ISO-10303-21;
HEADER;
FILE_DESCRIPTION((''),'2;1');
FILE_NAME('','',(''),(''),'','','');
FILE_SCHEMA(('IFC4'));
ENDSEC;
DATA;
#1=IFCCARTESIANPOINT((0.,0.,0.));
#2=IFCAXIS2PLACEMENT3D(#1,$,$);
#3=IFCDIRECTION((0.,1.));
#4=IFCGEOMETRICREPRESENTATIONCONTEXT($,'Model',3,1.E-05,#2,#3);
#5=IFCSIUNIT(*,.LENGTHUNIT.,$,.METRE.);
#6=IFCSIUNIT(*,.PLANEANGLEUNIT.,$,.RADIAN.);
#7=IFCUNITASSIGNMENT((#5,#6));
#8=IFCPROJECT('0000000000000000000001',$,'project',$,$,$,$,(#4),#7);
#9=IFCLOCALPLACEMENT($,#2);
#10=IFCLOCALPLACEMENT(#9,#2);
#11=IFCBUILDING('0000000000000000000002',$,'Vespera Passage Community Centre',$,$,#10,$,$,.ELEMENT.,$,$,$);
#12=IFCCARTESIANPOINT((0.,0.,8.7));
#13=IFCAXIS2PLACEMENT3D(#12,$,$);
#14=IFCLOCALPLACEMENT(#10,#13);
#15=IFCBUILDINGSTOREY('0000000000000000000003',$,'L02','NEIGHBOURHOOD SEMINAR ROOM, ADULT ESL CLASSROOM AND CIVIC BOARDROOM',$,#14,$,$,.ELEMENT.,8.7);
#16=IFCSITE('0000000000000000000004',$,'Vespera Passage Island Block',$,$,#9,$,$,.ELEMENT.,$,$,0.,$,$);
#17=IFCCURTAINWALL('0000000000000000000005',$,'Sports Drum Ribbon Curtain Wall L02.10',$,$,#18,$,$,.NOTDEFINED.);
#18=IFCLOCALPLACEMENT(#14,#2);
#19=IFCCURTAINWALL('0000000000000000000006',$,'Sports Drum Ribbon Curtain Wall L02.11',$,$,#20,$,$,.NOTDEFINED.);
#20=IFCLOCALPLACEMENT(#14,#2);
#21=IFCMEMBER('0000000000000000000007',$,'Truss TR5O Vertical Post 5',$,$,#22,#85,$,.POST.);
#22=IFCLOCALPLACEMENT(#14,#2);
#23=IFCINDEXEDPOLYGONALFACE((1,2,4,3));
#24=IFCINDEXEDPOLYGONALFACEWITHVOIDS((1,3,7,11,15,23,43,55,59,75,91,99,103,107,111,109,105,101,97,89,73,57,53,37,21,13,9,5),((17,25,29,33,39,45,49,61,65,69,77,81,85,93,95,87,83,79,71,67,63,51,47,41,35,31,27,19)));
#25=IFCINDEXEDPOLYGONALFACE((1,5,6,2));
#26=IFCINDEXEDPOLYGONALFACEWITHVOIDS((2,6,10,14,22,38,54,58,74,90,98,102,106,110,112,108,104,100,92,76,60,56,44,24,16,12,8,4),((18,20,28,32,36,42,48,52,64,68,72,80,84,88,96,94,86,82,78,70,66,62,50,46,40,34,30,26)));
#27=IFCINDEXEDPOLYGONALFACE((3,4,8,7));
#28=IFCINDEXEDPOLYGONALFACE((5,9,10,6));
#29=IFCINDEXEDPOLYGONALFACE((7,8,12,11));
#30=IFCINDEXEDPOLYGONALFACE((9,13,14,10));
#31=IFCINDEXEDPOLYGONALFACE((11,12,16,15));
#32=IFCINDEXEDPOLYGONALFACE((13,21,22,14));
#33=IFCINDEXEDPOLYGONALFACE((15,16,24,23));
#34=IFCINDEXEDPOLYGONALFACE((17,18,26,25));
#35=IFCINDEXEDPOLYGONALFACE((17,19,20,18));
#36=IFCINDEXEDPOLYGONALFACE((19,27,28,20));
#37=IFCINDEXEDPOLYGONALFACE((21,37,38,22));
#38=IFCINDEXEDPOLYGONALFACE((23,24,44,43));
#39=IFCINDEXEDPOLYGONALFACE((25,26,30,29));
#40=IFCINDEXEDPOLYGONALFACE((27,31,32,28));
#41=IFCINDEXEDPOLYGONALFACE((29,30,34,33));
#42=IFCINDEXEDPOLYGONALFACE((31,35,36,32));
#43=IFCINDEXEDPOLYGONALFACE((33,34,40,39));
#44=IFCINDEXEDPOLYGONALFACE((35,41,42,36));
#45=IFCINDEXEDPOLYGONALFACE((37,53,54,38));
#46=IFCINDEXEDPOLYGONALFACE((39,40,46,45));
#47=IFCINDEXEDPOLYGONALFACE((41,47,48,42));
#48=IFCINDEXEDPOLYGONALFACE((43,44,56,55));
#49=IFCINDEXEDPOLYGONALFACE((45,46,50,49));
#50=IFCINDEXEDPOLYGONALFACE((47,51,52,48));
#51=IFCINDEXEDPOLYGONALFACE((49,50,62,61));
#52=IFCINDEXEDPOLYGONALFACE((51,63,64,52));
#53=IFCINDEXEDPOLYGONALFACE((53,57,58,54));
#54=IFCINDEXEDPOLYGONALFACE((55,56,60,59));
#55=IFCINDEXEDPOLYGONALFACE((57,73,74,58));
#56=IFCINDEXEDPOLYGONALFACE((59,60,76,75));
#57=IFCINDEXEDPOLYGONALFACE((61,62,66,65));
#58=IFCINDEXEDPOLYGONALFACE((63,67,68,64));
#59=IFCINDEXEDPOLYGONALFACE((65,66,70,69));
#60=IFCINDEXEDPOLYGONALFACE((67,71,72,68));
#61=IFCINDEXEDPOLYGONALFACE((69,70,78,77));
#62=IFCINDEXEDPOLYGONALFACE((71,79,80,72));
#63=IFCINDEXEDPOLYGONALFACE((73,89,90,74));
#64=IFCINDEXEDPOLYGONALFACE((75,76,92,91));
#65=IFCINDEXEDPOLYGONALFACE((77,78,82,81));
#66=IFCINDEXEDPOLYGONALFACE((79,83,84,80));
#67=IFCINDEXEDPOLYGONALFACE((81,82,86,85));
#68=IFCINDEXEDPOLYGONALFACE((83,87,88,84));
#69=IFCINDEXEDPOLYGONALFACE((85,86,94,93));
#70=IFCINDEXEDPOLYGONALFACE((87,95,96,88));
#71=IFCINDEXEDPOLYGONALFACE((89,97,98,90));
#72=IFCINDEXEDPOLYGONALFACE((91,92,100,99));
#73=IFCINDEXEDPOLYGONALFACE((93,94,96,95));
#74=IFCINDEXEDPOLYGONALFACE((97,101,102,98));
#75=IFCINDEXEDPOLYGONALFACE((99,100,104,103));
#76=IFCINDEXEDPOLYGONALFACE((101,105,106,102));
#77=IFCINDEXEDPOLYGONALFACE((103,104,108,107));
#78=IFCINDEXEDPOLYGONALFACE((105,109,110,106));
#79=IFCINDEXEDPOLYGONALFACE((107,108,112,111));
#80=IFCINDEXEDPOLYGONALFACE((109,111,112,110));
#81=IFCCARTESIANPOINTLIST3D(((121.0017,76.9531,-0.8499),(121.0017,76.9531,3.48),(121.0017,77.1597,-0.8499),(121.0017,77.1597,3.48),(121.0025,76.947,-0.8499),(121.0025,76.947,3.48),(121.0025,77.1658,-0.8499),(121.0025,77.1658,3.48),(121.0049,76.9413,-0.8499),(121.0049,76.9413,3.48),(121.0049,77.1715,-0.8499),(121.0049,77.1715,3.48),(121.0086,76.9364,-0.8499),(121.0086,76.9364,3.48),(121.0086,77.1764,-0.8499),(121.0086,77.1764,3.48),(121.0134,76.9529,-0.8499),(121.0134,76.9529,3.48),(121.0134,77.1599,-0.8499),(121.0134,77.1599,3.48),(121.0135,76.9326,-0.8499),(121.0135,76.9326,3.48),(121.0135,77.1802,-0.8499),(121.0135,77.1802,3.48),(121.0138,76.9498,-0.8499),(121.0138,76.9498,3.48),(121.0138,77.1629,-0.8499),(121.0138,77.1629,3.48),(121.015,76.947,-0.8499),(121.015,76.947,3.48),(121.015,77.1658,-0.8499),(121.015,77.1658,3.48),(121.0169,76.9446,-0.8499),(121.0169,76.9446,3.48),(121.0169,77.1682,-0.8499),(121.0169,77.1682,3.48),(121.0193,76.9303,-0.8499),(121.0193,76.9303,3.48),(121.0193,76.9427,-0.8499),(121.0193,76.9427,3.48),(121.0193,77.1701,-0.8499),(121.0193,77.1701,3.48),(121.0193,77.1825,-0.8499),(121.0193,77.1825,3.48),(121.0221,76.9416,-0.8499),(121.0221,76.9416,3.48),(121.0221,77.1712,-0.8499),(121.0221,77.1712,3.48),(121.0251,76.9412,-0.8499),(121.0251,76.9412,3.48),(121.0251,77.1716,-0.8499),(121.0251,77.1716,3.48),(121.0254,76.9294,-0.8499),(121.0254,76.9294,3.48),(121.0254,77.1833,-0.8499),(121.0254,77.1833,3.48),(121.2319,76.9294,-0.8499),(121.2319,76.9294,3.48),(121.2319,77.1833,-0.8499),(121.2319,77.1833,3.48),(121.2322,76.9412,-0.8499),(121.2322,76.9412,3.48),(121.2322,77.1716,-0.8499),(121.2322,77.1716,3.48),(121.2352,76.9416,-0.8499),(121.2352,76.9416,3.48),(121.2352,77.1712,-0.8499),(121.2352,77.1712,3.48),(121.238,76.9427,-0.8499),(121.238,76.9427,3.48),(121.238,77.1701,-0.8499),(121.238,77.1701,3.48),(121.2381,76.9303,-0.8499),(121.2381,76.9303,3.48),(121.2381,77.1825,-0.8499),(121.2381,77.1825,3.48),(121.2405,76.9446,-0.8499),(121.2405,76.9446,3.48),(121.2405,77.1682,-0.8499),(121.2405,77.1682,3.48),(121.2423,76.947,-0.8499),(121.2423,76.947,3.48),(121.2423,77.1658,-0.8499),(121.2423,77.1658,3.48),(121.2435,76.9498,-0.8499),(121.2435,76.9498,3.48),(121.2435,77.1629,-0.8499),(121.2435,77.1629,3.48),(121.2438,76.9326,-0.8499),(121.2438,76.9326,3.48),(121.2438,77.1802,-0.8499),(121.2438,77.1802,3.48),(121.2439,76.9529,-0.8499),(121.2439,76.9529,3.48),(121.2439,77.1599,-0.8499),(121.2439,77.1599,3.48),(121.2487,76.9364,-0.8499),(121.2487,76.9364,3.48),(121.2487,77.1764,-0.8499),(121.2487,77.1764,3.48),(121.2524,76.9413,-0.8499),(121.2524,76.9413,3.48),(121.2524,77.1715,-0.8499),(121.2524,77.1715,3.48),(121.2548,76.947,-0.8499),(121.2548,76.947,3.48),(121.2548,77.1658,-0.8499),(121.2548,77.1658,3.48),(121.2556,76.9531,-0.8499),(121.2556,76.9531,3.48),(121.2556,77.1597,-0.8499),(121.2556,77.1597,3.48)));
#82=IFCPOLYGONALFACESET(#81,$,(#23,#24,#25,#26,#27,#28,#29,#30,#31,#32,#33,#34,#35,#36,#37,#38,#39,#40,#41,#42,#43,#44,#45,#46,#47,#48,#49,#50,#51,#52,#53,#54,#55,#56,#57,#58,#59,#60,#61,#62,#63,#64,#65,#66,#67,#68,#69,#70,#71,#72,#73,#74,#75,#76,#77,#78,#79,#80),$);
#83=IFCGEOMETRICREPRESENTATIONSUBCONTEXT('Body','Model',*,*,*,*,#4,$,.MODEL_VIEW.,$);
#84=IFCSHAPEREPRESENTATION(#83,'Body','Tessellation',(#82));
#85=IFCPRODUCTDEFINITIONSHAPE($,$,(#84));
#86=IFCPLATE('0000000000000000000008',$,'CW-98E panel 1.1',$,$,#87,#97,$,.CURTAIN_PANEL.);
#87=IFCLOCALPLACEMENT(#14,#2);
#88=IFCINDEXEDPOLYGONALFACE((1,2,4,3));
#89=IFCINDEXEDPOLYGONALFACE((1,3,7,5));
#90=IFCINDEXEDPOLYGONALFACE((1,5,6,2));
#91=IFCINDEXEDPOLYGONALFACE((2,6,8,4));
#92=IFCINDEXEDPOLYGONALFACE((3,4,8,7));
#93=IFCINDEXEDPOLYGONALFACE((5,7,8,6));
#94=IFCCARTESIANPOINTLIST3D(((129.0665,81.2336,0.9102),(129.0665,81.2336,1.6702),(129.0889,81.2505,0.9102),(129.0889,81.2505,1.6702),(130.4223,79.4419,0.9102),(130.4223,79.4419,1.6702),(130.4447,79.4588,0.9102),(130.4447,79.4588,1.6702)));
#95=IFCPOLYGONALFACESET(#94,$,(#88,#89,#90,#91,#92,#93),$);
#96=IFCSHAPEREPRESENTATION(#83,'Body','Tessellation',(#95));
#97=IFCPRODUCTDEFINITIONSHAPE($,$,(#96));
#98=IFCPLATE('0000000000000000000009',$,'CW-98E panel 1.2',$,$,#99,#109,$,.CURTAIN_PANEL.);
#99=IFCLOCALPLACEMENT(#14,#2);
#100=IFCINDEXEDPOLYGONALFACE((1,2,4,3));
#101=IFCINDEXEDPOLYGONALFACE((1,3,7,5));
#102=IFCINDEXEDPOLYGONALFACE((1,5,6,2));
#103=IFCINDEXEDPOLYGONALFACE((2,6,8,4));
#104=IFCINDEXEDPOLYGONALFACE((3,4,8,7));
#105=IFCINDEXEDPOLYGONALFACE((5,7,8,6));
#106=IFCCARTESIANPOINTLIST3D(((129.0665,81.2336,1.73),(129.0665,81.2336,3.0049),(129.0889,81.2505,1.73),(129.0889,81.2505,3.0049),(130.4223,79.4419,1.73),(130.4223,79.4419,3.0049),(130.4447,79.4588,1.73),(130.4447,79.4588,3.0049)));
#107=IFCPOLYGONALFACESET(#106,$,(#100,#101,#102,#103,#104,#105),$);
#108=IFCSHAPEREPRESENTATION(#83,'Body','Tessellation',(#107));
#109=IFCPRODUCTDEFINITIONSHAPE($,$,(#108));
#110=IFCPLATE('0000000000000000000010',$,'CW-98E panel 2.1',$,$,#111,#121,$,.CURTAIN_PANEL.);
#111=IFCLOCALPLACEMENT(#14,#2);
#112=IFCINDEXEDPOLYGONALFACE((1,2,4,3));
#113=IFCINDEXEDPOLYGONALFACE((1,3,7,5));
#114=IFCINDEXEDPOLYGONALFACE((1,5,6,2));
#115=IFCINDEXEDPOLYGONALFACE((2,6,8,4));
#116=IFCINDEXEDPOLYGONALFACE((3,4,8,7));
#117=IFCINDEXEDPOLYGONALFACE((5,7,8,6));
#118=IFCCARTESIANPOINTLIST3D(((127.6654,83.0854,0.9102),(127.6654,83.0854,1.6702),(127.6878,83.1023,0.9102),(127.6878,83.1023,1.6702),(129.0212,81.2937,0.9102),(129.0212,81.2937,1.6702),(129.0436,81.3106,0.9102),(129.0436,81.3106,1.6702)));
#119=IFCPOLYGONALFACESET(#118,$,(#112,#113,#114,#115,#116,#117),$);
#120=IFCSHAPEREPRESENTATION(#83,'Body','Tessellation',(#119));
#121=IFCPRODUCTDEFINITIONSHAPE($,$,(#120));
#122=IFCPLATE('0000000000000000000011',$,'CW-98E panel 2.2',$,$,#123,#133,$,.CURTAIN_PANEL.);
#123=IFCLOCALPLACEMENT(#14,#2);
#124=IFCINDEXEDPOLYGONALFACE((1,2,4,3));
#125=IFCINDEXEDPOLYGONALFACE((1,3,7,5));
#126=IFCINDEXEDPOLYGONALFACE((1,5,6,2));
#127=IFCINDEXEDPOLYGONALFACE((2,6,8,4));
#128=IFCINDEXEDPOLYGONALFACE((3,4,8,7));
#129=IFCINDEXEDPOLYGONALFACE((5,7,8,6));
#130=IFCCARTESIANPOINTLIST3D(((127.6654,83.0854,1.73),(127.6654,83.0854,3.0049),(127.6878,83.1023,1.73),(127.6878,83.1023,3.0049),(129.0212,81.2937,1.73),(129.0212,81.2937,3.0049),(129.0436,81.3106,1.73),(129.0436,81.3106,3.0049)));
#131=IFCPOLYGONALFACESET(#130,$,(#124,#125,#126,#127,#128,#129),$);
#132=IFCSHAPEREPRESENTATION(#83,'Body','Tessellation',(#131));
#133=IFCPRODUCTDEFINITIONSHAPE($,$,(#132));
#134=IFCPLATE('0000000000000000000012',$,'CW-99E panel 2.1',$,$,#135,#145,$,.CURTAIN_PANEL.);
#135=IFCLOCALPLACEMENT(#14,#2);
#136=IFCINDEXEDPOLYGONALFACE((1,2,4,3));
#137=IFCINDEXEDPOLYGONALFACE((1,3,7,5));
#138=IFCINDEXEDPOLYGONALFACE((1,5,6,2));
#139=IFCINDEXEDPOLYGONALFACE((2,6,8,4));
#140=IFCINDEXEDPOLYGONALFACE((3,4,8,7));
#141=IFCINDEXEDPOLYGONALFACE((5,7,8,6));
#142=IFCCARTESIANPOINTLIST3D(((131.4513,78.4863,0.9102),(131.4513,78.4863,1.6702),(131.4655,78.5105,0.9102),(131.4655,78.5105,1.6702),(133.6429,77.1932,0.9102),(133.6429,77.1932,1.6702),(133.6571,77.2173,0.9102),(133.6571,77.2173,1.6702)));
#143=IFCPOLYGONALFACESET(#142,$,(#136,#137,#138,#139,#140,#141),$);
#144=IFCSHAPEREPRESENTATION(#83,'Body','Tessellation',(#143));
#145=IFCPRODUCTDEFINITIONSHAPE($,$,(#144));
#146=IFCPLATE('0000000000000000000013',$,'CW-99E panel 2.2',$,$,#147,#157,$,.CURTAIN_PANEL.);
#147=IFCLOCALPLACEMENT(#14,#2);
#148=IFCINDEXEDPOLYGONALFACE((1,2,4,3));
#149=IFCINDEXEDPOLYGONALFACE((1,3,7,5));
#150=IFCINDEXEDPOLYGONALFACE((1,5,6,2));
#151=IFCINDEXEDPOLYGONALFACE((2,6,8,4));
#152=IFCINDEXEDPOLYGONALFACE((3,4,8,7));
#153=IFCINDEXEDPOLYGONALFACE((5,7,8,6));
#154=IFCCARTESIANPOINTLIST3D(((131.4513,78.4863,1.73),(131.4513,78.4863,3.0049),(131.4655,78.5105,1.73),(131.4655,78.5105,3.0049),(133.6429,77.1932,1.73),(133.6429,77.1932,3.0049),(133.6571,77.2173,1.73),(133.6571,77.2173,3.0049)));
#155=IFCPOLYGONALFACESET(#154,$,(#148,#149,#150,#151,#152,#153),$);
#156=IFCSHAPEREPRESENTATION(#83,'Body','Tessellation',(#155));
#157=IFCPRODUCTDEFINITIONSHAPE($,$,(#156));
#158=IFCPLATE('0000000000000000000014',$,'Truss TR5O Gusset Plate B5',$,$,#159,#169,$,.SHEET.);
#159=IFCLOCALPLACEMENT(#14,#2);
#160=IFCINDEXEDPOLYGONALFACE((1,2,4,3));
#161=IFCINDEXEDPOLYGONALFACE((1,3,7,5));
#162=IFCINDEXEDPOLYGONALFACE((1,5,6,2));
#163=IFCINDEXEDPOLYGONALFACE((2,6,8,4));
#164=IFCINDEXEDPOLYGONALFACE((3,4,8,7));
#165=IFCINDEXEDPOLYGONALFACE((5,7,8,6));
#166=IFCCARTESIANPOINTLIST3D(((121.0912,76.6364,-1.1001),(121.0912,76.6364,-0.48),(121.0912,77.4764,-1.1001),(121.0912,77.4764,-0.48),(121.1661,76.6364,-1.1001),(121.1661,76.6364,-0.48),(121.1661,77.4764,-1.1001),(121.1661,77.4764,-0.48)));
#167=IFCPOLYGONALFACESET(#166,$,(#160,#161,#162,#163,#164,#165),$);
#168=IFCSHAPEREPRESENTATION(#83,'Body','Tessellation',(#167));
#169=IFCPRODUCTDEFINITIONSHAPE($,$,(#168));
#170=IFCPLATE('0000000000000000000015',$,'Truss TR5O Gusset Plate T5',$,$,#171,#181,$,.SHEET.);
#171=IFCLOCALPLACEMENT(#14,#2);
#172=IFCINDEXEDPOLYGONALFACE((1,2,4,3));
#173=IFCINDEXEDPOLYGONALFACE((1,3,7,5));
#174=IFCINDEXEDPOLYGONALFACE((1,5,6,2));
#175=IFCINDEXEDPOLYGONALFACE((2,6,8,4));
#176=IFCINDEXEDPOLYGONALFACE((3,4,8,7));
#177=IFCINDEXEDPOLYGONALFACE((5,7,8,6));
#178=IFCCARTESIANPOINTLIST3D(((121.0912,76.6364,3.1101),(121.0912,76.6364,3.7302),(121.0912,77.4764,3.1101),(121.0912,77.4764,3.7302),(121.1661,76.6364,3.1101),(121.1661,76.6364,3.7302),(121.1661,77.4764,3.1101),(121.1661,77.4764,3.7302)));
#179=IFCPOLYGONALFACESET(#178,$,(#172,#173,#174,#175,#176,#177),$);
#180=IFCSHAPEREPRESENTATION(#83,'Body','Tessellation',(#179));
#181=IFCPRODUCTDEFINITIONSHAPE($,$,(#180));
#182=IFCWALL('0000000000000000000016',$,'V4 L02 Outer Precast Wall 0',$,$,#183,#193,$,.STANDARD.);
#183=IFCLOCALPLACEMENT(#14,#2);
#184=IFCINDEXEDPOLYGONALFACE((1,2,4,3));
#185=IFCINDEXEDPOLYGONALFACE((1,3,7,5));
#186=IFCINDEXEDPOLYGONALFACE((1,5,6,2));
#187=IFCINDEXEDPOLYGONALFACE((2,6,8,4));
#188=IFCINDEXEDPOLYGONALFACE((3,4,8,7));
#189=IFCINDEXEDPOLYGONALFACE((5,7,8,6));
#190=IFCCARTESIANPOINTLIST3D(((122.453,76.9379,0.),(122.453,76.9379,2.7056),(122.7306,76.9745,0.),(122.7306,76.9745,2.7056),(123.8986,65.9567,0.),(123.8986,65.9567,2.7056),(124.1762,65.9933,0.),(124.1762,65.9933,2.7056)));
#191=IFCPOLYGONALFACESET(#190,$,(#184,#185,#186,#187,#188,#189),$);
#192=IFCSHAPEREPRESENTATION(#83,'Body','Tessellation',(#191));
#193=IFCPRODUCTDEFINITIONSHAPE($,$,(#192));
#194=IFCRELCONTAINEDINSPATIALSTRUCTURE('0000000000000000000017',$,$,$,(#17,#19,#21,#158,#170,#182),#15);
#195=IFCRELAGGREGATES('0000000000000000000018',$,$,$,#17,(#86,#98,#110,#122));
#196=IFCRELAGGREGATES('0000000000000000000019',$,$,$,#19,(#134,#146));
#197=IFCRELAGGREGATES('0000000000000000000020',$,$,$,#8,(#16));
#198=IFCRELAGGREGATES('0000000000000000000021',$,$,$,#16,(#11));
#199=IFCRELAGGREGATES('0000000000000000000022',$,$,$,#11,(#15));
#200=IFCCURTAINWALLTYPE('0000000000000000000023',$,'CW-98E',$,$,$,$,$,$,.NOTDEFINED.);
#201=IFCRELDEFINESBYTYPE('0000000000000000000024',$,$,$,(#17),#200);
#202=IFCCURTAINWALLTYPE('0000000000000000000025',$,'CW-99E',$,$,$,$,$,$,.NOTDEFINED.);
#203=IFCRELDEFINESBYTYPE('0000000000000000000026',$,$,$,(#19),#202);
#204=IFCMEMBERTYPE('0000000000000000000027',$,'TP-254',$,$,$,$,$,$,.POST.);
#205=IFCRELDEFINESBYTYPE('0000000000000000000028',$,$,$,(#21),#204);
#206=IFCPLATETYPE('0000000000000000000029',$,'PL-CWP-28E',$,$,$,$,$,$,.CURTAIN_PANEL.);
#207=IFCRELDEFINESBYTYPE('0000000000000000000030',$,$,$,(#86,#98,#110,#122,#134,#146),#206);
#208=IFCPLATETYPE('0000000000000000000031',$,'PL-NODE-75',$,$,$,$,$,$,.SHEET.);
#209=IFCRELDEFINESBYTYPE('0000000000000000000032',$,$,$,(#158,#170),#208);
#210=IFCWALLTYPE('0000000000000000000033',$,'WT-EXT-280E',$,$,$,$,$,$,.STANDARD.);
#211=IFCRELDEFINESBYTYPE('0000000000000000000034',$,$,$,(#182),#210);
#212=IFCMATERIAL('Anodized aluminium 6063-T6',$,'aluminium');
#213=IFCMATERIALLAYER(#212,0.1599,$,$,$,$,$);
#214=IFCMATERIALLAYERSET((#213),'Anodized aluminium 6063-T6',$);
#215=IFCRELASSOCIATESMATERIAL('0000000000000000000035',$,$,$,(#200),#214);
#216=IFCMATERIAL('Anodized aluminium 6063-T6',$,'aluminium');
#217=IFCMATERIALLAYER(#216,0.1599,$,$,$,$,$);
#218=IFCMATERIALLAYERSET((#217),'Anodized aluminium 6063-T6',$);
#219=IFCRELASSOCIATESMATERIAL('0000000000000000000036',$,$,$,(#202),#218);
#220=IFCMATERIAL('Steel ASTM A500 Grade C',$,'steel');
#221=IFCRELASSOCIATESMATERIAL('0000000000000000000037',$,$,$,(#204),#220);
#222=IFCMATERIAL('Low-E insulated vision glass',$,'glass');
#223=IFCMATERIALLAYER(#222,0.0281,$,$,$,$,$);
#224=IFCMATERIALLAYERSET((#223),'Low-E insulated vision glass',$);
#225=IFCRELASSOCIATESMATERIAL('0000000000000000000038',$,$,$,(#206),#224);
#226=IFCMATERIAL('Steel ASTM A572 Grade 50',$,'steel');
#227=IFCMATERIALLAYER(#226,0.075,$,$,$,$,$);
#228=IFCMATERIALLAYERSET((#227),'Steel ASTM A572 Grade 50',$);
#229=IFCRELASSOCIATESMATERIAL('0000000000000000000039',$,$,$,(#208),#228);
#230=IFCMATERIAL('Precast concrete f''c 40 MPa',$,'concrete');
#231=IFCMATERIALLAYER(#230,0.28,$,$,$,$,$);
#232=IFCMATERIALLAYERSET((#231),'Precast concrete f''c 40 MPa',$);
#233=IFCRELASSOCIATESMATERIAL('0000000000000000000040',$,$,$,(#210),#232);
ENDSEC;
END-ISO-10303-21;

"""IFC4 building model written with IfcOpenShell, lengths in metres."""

from ifc_helpers import new_model, si_unit, direction, frame, frame_2d, origin, origin_2d, place, context, subcontext, project, spatial, rectangle, hollow_rectangle, extrude, material, layer, layer_set, material_profile, profile_set, type_object, element, aggregate, save


model = new_model("IFC4")

# Units and contexts
model_context = context("Model", 3, precision=1e-05, world=origin(), true_north=direction((0.0, 1.0)))
body_context = subcontext(model_context, "Body", "Model", "MODEL_VIEW")
ifc_project = project(units=[si_unit("LENGTHUNIT", "METRE"), si_unit("PLANEANGLEUNIT", "RADIAN")], contexts=[model_context])

# Site, building, storey
site_placement = place(None, origin())
site = spatial("IfcSite", under=ifc_project, at=site_placement, Name="Vespera Passage Island Block", CompositionType="ELEMENT", RefElevation=0.0)
building_placement = place(site_placement, origin())
building = spatial("IfcBuilding", under=site, at=building_placement, Name="Vespera Passage Community Centre", CompositionType="ELEMENT")
storey_placement = place(building_placement, frame((0.0, 0.0, 8.7)))
storey = spatial("IfcBuildingStorey", under=building, at=storey_placement, Name="L02", Description="NEIGHBOURHOOD SEMINAR ROOM, ADULT ESL CLASSROOM AND CIVIC BOARDROOM", CompositionType="ELEMENT", Elevation=8.7)

# Curtain wall
ifc_material_1 = material(Name="Anodized aluminium 6063-T6", Category="aluminium")
ifc_layer_1 = layer(ifc_material_1, 0.1599)
ifc_layer_set_1 = layer_set([ifc_layer_1], Name="Anodized aluminium 6063-T6")
curtain_wall_type_1 = type_object("IfcCurtainWallType", Name="CW-98E", PredefinedType="NOTDEFINED", material=ifc_layer_set_1)
curtain_wall_1_placement = place(storey_placement, origin())
curtain_wall_1 = element("IfcCurtainWall", 1, at=curtain_wall_1_placement, inside=storey, type_object=curtain_wall_type_1, Name="Sports Drum Ribbon Curtain Wall L02.10", PredefinedType="NOTDEFINED")

# Curtain wall
ifc_material_2 = material(Name="Anodized aluminium 6063-T6", Category="aluminium")
ifc_layer_2 = layer(ifc_material_2, 0.1599)
ifc_layer_set_2 = layer_set([ifc_layer_2], Name="Anodized aluminium 6063-T6")
curtain_wall_type_2 = type_object("IfcCurtainWallType", Name="CW-99E", PredefinedType="NOTDEFINED", material=ifc_layer_set_2)
curtain_wall_2_placement = place(storey_placement, origin())
curtain_wall_2 = element("IfcCurtainWall", 2, at=curtain_wall_2_placement, inside=storey, type_object=curtain_wall_type_2, Name="Sports Drum Ribbon Curtain Wall L02.11", PredefinedType="NOTDEFINED")

# Member
ifc_material_3 = material(Name="Steel ASTM A500 Grade C", Category="steel")
ifc_material_profile_1 = material_profile(ifc_material_3, hollow_rectangle(XDim=0.2539, YDim=0.2539, WallThickness=0.0117, InnerFilletRadius=0.0117, OuterFilletRadius=0.0237, at=origin_2d()), Name="HSS254X254X12.7")
ifc_profile_set_1 = profile_set([ifc_material_profile_1], Name="Steel ASTM A500 Grade C")
member_type_1 = type_object("IfcMemberType", Name="TP-254", PredefinedType="POST", material=ifc_profile_set_1)
member_1_placement = place(storey_placement, frame((121.1287, 77.0564, -0.8499), z_axis=(0.0, 0.0, 1.0), x_axis=(1.0, 0.0, 0.0)))
element("IfcMember", 3, at=member_1_placement, inside=storey, type_object=member_type_1, Name="Truss TR5O Vertical Post 5", PredefinedType="POST", context=body_context, shape_type="SweptSolid", body=[
    extrude(hollow_rectangle(XDim=0.2539, YDim=0.2539, WallThickness=0.0117, InnerFilletRadius=0.0117, OuterFilletRadius=0.0237, at=origin_2d()), origin(), (0.0, 0.0, 1.0), 4.3298),
])

# Plates
ifc_material_4 = material(Name="Low-E insulated vision glass", Category="glass")
ifc_layer_3 = layer(ifc_material_4, 0.0281)
ifc_layer_set_3 = layer_set([ifc_layer_3], Name="Low-E insulated vision glass")
plate_type_1 = type_object("IfcPlateType", Name="PL-CWP-28E", PredefinedType="CURTAIN_PANEL", material=ifc_layer_set_3)
plate_1_placement = place(storey_placement, frame((129.7556, 80.3462, 0.9102), z_axis=(0.0, 0.0, 1.0), x_axis=(-0.603406, 0.797434, 0.0)))
plate_1 = element("IfcPlate", 4, at=plate_1_placement, type_object=plate_type_1, Name="CW-98E panel 1.1", PredefinedType="CURTAIN_PANEL", context=body_context, shape_type="SweptSolid", body=[
    extrude(rectangle(XDim=2.2468, YDim=0.0281, at=origin_2d()), origin(), (0.0, 0.0, 1.0), 0.76),
])
plate_2_placement = place(storey_placement, frame((129.7556, 80.3462, 1.73), z_axis=(0.0, 0.0, 1.0), x_axis=(-0.603406, 0.797434, 0.0)))
plate_2 = element("IfcPlate", 5, at=plate_2_placement, type_object=plate_type_1, Name="CW-98E panel 1.2", PredefinedType="CURTAIN_PANEL", context=body_context, shape_type="SweptSolid", body=[
    extrude(rectangle(XDim=2.2468, YDim=0.0281, at=origin_2d()), origin(), (0.0, 0.0, 1.0), 1.2749),
])
plate_3_placement = place(storey_placement, frame((128.3545, 82.198, 0.9102), z_axis=(0.0, 0.0, 1.0), x_axis=(-0.603406, 0.797434, 0.0)))
plate_3 = element("IfcPlate", 6, at=plate_3_placement, type_object=plate_type_1, Name="CW-98E panel 2.1", PredefinedType="CURTAIN_PANEL", context=body_context, shape_type="SweptSolid", body=[
    extrude(rectangle(XDim=2.2468, YDim=0.0281, at=origin_2d()), origin(), (0.0, 0.0, 1.0), 0.76),
])
plate_4_placement = place(storey_placement, frame((128.3545, 82.198, 1.73), z_axis=(0.0, 0.0, 1.0), x_axis=(-0.603406, 0.797434, 0.0)))
plate_4 = element("IfcPlate", 7, at=plate_4_placement, type_object=plate_type_1, Name="CW-98E panel 2.2", PredefinedType="CURTAIN_PANEL", context=body_context, shape_type="SweptSolid", body=[
    extrude(rectangle(XDim=2.2468, YDim=0.0281, at=origin_2d()), origin(), (0.0, 0.0, 1.0), 1.2749),
])
aggregate(curtain_wall_1, [plate_1, plate_2, plate_3, plate_4])
plate_5_placement = place(storey_placement, frame((132.5542, 77.8518, 0.9102), z_axis=(0.0, 0.0, 1.0), x_axis=(-0.861257, 0.50817, 0.0)))
plate_5 = element("IfcPlate", 8, at=plate_5_placement, type_object=plate_type_1, Name="CW-99E panel 2.1", PredefinedType="CURTAIN_PANEL", context=body_context, shape_type="SweptSolid", body=[
    extrude(rectangle(XDim=2.5447, YDim=0.0281, at=origin_2d()), origin(), (0.0, 0.0, 1.0), 0.76),
])
plate_6_placement = place(storey_placement, frame((132.5542, 77.8518, 1.73), z_axis=(0.0, 0.0, 1.0), x_axis=(-0.861257, 0.50817, 0.0)))
plate_6 = element("IfcPlate", 9, at=plate_6_placement, type_object=plate_type_1, Name="CW-99E panel 2.2", PredefinedType="CURTAIN_PANEL", context=body_context, shape_type="SweptSolid", body=[
    extrude(rectangle(XDim=2.5447, YDim=0.0281, at=origin_2d()), origin(), (0.0, 0.0, 1.0), 1.2749),
])
aggregate(curtain_wall_2, [plate_5, plate_6])

# Plates
ifc_material_5 = material(Name="Steel ASTM A572 Grade 50", Category="steel")
ifc_layer_4 = layer(ifc_material_5, 0.075)
ifc_layer_set_4 = layer_set([ifc_layer_4], Name="Steel ASTM A572 Grade 50")
plate_type_2 = type_object("IfcPlateType", Name="PL-NODE-75", PredefinedType="SHEET", material=ifc_layer_set_4)
for number, where, z_axis, x_axis, name in (
    (10, (121.1287, 77.0564, -1.1001), (0.0, 0.0, 1.0), (0.0, 1.0, 0.0), "Truss TR5O Gusset Plate B5"),
    (11, (121.1287, 77.0564, 3.1101), (0.0, 0.0, 1.0), (0.0, 1.0, 0.0), "Truss TR5O Gusset Plate T5"),
):
    element("IfcPlate", number, at=place(storey_placement, frame(where, z_axis=z_axis, x_axis=x_axis)), inside=storey, type_object=plate_type_2, Name=name, PredefinedType="SHEET", context=body_context, shape_type="SweptSolid", body=[
        extrude(rectangle(XDim=0.8401, YDim=0.075, at=origin_2d()), origin(), (0.0, 0.0, 1.0), 0.6201),
    ])

# Wall
ifc_material_6 = material(Name="Precast concrete f'c 40 MPa", Category="concrete")
ifc_layer_5 = layer(ifc_material_6, 0.28)
ifc_layer_set_5 = layer_set([ifc_layer_5], Name="Precast concrete f'c 40 MPa")
wall_type_1 = type_object("IfcWallType", Name="WT-EXT-280E", PredefinedType="STANDARD", material=ifc_layer_set_5)
wall_1_placement = place(storey_placement, frame((122.5918, 76.9563, 0.0), z_axis=(0.0, 0.0, 1.0), x_axis=(0.130513, -0.991447, 0.0)))
element("IfcWall", 12, at=wall_1_placement, inside=storey, type_object=wall_type_1, Name="V4 L02 Outer Precast Wall 0", PredefinedType="STANDARD", context=body_context, shape_type="SweptSolid", body=[
    extrude(rectangle(XDim=11.0759, YDim=0.28, at=frame_2d((5.5381, 0.0))), origin(), (0.0, 0.0, 1.0), 2.7056),
])

save(model, "model.ifc")
